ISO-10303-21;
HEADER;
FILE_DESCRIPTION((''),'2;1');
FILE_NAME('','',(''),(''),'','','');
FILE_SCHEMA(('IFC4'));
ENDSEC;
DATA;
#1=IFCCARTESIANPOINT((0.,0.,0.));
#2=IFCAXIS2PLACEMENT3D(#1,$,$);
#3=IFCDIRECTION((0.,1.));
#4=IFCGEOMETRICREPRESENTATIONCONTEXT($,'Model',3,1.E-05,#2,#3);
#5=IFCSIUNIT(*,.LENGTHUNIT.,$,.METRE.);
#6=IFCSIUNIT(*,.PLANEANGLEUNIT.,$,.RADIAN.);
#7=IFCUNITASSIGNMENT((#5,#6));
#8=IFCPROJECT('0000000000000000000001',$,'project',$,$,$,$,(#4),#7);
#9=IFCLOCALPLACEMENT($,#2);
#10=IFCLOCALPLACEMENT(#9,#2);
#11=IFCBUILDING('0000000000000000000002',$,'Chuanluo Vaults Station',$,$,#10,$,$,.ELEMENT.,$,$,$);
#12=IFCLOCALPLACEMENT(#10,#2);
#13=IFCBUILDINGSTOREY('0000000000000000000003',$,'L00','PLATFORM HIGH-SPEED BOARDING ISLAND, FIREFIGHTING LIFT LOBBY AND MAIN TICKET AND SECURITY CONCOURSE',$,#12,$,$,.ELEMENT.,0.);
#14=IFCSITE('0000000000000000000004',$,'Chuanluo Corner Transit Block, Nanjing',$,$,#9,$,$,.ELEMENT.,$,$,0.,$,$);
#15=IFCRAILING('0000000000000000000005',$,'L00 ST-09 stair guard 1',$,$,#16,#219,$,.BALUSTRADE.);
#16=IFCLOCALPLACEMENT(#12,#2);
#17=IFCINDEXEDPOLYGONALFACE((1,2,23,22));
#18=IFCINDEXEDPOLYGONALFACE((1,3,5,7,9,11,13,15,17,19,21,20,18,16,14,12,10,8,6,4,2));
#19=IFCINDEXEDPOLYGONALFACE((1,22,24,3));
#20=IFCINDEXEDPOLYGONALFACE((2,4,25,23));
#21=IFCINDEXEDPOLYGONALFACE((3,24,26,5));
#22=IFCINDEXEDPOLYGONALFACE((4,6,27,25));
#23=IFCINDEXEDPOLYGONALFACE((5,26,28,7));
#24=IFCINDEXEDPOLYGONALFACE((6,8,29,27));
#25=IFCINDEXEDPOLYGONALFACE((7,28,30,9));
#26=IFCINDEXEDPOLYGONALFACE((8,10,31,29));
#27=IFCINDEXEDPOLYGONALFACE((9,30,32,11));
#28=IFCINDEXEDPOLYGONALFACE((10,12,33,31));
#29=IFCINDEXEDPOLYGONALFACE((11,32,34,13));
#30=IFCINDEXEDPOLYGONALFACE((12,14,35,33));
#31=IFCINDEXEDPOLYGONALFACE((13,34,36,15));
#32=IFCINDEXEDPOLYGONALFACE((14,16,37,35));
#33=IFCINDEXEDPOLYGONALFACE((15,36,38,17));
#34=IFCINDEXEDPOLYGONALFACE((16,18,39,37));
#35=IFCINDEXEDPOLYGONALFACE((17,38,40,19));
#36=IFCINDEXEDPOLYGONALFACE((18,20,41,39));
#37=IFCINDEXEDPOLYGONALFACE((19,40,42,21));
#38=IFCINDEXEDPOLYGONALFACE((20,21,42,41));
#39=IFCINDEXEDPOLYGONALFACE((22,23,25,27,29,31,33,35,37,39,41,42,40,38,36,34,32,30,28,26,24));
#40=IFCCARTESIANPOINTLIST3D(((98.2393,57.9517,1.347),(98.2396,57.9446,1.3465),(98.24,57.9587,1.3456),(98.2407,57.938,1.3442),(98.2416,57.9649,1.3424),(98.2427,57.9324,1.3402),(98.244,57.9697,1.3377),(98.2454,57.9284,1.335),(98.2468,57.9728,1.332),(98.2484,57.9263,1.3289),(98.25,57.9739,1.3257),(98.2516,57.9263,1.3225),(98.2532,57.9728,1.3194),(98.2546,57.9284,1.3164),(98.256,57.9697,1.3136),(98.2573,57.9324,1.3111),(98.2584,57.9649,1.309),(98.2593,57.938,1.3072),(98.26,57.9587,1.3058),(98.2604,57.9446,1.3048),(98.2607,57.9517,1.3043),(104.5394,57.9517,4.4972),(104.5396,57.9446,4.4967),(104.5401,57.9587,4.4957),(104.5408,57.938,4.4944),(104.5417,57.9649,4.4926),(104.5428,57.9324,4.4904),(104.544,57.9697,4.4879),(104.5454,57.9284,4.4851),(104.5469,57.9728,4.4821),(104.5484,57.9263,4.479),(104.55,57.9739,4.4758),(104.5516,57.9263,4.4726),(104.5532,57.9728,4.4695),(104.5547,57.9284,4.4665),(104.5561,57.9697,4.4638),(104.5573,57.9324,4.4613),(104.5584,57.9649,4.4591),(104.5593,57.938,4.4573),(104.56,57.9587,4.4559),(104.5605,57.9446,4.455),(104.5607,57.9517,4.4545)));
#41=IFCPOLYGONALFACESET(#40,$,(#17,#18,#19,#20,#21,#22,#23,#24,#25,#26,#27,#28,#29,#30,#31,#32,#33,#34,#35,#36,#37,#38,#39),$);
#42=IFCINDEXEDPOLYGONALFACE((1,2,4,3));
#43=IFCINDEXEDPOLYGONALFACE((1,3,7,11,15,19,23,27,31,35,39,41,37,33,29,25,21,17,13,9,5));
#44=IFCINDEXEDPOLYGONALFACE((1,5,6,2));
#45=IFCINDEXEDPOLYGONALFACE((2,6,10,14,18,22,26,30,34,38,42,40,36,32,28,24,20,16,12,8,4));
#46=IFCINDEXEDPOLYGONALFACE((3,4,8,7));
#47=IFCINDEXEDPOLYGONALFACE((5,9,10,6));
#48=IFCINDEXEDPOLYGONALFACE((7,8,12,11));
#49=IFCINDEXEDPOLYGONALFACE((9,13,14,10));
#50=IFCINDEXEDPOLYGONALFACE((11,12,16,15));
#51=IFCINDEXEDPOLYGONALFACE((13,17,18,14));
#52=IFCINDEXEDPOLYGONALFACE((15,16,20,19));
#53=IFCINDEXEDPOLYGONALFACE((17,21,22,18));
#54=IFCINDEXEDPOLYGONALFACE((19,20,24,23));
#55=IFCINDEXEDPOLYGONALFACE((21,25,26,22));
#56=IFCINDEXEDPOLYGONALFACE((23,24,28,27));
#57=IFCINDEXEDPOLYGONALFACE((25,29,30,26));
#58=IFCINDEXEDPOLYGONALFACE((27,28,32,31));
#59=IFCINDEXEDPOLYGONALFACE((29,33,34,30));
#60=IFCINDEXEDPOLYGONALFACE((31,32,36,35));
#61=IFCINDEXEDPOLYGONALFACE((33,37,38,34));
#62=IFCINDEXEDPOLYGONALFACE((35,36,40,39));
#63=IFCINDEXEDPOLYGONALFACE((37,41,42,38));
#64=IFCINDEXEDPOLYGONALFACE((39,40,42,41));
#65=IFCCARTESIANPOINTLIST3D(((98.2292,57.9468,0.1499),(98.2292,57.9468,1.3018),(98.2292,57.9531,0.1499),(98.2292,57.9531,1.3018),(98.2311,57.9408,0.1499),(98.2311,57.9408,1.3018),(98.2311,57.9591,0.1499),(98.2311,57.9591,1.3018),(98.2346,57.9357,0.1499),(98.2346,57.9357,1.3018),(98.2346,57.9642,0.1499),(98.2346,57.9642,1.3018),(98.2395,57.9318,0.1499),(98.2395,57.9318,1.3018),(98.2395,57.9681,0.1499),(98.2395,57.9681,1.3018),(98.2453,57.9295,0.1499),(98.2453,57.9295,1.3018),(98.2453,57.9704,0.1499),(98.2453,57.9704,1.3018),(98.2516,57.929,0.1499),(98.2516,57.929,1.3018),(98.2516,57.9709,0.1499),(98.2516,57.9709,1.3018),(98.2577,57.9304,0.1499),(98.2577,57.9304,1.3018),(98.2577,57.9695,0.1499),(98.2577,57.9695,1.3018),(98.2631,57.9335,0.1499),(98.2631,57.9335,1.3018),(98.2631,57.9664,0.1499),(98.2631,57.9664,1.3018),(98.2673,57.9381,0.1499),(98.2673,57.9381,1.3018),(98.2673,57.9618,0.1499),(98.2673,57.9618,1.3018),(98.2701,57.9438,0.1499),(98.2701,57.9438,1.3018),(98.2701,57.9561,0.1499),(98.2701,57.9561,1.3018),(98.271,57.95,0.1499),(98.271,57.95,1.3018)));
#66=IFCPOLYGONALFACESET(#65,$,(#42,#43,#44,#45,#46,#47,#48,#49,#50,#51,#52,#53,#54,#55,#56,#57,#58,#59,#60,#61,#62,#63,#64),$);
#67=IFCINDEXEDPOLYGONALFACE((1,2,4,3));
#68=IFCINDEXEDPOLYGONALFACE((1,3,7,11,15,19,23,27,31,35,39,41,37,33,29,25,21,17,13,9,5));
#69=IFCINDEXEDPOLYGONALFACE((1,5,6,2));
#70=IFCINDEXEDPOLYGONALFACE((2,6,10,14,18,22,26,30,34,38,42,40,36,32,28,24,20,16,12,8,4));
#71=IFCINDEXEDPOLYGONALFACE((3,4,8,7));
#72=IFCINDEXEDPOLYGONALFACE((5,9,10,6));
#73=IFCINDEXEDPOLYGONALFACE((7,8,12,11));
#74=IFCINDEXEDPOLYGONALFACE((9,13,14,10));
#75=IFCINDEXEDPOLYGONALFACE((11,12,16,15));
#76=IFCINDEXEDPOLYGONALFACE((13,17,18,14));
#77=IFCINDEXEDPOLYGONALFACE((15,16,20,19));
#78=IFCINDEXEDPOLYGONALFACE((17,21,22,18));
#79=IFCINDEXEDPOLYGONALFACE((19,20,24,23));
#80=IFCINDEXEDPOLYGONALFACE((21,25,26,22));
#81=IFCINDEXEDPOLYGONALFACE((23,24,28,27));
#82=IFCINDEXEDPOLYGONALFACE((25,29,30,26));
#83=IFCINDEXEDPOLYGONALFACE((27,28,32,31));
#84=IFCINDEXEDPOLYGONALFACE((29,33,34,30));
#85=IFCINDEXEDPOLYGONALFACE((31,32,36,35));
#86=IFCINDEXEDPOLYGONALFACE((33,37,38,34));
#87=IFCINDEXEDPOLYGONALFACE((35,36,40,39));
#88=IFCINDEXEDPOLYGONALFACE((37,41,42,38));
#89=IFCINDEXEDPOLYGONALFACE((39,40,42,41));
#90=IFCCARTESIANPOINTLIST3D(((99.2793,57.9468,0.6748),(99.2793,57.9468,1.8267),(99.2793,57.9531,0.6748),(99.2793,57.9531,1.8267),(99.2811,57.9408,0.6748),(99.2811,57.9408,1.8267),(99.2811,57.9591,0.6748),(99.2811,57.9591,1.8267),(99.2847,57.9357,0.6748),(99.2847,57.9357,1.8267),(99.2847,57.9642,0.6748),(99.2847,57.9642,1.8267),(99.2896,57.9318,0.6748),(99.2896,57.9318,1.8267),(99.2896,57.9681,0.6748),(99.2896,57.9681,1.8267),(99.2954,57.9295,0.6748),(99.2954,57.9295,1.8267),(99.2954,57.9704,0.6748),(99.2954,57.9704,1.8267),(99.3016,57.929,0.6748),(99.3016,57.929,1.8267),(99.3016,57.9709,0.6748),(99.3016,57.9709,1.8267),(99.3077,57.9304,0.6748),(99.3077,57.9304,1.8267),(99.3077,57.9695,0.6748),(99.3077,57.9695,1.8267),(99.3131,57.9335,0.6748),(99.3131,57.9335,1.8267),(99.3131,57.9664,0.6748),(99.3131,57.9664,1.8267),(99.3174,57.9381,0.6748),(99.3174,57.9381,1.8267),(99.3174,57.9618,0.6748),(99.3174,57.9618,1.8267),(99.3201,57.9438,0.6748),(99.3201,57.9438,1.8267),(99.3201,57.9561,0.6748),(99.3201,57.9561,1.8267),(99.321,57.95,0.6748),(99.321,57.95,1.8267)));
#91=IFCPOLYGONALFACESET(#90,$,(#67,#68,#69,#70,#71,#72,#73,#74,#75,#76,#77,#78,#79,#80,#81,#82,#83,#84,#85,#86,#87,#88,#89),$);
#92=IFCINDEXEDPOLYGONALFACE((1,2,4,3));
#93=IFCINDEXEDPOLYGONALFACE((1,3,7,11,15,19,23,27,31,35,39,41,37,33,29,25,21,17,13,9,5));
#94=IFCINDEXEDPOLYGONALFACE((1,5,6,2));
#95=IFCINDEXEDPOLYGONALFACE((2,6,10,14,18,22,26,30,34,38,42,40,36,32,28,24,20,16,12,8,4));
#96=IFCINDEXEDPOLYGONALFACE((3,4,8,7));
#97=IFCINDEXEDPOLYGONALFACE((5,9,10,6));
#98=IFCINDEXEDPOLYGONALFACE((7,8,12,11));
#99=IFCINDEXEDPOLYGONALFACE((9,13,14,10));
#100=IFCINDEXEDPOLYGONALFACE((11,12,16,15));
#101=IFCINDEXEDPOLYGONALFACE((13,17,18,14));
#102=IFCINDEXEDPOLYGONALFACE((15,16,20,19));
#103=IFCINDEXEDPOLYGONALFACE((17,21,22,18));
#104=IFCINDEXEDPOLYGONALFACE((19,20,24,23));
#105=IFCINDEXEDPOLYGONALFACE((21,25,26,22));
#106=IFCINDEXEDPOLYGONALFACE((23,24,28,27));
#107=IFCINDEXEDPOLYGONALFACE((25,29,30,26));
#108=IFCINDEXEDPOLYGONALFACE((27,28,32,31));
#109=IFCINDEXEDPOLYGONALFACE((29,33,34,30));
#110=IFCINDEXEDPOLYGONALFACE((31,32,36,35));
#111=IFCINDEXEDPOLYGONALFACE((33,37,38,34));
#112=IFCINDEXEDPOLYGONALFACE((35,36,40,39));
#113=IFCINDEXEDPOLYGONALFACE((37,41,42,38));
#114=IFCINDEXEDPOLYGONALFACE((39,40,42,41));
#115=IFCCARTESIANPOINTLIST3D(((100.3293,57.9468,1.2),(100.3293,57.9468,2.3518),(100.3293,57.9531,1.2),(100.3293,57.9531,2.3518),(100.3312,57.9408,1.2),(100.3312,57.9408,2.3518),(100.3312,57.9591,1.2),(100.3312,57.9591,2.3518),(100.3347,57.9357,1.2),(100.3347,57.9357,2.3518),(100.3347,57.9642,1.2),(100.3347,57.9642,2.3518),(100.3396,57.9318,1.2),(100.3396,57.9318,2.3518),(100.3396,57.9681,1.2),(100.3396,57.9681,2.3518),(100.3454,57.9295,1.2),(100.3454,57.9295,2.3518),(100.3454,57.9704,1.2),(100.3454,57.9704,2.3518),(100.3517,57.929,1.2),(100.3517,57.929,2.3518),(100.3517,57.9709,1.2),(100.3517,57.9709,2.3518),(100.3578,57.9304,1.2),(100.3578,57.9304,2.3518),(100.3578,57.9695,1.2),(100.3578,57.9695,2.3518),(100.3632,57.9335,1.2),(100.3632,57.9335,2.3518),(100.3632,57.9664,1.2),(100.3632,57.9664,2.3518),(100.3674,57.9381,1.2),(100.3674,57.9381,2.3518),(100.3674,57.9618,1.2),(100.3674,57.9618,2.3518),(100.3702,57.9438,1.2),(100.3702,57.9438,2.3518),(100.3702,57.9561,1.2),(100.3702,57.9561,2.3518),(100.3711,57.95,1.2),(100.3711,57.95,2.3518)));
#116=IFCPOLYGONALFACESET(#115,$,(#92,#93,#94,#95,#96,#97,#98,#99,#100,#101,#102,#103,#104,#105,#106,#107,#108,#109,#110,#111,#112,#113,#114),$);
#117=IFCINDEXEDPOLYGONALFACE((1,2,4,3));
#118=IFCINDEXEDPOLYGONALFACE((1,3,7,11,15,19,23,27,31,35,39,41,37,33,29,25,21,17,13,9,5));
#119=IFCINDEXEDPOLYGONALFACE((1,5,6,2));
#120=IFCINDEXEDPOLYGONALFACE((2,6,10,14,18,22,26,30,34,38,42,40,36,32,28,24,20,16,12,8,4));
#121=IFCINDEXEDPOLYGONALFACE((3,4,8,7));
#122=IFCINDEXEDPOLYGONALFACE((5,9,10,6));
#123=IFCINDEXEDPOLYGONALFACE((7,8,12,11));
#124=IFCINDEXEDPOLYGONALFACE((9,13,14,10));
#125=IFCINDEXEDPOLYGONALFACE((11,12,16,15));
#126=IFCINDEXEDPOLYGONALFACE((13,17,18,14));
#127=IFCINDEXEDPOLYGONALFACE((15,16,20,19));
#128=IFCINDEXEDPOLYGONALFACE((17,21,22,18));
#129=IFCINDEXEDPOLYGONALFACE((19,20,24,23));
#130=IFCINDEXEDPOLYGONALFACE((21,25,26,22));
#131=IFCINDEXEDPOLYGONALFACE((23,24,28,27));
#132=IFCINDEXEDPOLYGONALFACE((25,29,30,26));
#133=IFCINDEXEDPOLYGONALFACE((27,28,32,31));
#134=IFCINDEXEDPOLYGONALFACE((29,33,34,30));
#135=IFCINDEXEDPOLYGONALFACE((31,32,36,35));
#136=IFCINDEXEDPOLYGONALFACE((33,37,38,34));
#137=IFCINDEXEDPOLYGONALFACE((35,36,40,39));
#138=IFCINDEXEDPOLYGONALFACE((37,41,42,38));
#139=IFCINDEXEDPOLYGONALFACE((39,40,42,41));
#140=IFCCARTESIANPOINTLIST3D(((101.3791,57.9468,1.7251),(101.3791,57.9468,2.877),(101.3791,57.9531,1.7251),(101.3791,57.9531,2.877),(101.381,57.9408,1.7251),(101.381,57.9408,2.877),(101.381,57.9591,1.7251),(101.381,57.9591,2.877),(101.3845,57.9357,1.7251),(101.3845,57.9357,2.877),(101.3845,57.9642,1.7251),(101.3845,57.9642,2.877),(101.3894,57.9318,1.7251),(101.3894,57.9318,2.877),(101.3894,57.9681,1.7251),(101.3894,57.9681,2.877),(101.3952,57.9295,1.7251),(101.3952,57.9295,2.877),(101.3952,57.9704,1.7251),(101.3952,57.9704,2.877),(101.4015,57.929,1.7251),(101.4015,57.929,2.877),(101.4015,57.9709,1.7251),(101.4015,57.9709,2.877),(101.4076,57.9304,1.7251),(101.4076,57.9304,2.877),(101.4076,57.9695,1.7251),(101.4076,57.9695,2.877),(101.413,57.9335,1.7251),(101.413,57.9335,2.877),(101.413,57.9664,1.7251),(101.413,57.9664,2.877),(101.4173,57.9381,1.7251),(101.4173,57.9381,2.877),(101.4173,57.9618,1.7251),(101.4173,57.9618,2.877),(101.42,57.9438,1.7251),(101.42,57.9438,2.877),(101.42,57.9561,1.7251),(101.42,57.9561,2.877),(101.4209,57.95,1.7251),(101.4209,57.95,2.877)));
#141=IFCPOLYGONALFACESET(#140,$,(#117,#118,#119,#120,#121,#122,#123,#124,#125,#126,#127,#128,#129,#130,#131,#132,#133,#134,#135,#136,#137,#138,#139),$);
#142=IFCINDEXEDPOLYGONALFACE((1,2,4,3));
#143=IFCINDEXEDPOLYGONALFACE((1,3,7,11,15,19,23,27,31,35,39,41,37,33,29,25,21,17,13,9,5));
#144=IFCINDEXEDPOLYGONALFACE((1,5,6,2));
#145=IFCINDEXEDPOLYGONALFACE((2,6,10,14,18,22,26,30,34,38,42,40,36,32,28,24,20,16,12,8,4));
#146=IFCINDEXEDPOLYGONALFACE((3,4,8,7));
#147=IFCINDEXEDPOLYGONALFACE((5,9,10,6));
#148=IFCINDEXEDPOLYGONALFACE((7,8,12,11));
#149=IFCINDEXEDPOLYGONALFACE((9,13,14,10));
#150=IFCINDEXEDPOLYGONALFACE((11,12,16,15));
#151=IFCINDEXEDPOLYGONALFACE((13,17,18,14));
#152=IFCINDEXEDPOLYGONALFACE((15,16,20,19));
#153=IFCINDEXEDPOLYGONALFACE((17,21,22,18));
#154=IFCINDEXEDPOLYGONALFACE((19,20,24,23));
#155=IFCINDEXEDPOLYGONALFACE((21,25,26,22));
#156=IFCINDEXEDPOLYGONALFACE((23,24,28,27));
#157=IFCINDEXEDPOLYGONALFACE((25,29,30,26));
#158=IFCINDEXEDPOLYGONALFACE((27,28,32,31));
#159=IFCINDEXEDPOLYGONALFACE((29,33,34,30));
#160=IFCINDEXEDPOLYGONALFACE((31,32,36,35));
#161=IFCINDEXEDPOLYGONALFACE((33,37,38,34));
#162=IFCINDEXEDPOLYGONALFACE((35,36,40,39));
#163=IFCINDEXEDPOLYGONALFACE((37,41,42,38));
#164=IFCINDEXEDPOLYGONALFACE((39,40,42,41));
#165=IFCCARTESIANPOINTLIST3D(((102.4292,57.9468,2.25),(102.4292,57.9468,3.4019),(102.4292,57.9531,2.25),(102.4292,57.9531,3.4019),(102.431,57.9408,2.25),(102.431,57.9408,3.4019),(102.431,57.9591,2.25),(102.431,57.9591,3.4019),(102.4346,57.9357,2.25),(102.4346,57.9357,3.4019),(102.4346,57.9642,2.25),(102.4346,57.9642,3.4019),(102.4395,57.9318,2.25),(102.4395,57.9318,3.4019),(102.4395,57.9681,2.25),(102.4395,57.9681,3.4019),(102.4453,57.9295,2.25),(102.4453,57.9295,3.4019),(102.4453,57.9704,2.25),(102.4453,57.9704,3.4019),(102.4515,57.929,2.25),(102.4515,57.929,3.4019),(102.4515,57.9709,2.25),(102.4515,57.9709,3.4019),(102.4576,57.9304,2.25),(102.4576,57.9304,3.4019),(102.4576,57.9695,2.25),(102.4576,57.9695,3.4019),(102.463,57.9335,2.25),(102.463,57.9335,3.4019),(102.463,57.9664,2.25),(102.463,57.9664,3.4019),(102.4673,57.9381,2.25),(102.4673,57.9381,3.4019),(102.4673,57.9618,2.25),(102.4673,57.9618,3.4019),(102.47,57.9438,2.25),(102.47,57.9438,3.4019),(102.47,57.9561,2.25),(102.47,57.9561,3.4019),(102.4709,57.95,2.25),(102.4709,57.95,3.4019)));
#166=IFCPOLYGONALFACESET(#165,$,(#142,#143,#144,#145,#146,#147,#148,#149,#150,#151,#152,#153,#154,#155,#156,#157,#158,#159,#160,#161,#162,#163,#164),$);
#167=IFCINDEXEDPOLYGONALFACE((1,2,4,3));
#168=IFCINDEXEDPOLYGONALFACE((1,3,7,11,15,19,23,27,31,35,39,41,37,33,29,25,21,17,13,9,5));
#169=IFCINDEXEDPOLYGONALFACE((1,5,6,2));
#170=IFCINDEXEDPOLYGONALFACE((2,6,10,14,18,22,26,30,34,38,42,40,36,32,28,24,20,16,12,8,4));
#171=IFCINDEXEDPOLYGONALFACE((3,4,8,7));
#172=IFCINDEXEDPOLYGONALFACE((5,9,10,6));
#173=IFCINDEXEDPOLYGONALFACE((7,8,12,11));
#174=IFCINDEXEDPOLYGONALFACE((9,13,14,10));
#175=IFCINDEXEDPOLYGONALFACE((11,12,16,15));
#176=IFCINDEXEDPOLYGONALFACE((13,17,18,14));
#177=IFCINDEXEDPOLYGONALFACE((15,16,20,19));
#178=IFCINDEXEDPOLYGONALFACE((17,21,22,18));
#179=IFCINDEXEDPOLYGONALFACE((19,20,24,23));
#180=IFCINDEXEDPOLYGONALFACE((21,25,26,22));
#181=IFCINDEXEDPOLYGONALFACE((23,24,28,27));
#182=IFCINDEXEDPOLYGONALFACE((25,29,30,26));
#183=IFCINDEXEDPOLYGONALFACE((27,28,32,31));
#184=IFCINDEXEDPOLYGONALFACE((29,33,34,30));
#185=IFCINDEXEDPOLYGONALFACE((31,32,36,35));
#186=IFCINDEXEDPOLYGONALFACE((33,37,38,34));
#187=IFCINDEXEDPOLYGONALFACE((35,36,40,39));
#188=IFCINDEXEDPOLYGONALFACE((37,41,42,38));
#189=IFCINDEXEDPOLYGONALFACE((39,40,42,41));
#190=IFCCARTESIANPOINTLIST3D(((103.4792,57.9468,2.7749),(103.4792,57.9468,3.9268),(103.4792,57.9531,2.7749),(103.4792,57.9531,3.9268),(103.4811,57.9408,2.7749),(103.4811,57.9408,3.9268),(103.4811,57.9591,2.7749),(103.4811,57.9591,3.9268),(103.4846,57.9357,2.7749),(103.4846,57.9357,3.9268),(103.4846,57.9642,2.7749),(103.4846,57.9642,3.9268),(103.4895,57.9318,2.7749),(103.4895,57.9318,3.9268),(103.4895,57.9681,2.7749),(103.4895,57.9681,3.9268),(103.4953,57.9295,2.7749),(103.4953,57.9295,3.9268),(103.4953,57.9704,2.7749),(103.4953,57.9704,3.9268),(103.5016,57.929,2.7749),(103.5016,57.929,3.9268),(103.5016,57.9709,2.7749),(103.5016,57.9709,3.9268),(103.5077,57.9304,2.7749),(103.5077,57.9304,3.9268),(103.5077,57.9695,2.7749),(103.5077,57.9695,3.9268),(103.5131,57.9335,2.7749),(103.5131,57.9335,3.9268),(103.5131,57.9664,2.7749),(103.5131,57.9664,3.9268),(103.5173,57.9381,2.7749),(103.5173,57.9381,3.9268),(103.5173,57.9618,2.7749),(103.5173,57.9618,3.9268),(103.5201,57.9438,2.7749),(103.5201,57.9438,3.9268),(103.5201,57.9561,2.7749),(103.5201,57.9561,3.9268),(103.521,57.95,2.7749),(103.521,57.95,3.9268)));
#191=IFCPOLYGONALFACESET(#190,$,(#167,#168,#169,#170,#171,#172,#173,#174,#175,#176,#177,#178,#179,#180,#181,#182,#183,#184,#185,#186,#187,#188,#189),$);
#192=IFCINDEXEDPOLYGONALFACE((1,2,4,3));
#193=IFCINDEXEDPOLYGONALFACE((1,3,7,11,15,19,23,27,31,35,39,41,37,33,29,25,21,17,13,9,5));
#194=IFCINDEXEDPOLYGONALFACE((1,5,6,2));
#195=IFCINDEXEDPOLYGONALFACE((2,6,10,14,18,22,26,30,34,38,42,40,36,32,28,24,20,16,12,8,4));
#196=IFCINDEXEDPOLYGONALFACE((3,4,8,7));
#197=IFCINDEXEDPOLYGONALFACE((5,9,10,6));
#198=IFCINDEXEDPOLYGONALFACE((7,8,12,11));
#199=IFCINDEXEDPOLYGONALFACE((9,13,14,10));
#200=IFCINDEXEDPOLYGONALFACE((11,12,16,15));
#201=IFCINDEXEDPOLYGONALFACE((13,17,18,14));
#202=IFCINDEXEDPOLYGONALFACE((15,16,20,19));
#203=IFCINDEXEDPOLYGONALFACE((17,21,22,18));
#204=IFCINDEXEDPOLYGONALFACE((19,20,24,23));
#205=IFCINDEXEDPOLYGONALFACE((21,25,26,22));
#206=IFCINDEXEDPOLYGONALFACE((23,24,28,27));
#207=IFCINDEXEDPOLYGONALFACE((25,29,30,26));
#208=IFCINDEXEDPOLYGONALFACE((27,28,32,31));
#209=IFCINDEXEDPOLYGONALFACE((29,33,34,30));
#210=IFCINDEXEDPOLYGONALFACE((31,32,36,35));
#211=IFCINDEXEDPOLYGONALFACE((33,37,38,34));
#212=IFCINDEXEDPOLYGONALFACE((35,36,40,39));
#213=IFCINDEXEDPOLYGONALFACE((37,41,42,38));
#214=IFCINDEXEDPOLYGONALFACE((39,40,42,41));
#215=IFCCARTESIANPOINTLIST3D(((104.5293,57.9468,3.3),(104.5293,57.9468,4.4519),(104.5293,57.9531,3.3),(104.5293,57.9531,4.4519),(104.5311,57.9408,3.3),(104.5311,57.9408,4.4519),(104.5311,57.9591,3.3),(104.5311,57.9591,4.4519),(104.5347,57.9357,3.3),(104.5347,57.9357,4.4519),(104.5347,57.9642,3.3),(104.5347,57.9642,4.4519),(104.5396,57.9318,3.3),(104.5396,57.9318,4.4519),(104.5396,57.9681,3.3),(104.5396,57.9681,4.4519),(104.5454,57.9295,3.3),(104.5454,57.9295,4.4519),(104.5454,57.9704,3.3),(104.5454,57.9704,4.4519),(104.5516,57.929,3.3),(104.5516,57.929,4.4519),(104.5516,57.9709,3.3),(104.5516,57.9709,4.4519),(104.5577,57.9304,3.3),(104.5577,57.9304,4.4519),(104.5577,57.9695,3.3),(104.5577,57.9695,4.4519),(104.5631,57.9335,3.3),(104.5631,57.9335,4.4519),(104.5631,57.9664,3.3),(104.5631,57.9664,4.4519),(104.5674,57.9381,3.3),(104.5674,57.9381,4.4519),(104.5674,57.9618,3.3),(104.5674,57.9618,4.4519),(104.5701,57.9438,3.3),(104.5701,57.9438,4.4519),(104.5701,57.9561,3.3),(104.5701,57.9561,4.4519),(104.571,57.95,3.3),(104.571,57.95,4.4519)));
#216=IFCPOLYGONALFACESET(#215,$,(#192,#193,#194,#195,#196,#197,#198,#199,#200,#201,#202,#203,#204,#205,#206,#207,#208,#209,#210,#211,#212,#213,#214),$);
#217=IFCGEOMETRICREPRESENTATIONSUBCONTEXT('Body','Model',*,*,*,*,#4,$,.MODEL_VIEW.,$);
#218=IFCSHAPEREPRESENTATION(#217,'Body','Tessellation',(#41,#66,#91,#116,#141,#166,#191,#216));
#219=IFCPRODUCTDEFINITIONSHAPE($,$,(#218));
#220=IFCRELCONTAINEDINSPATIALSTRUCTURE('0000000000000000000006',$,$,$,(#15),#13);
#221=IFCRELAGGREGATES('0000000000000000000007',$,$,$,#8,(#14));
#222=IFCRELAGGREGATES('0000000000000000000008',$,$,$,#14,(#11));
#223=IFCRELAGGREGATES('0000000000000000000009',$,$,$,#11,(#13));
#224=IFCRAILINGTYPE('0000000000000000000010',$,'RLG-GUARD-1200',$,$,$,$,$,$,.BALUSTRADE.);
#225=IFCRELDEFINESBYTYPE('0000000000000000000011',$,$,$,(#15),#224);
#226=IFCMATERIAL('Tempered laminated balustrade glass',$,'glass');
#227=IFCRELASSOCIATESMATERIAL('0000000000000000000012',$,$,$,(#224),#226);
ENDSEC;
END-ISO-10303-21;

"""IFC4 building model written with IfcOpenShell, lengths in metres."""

from ifc_helpers import new_model, si_unit, direction, frame, origin, origin_2d, place, context, subcontext, project, spatial, circle, extrude, material, type_object, element, save


model = new_model("IFC4")

# Units and contexts
model_context = context("Model", 3, precision=1e-05, world=origin(), true_north=direction((0.0, 1.0)))
body_context = subcontext(model_context, "Body", "Model", "MODEL_VIEW")
ifc_project = project(units=[si_unit("LENGTHUNIT", "METRE"), si_unit("PLANEANGLEUNIT", "RADIAN")], contexts=[model_context])

# Site, building, storey
site_placement = place(None, origin())
site = spatial("IfcSite", under=ifc_project, at=site_placement, Name="Chuanluo Corner Transit Block, Nanjing", CompositionType="ELEMENT", RefElevation=0.0)
building_placement = place(site_placement, origin())
building = spatial("IfcBuilding", under=site, at=building_placement, Name="Chuanluo Vaults Station", CompositionType="ELEMENT")
storey_placement = place(building_placement, origin())
storey = spatial("IfcBuildingStorey", under=building, at=storey_placement, Name="L00", Description="PLATFORM HIGH-SPEED BOARDING ISLAND, FIREFIGHTING LIFT LOBBY AND MAIN TICKET AND SECURITY CONCOURSE", CompositionType="ELEMENT", Elevation=0.0)

# Railing
ifc_material_1 = material(Name="Tempered laminated balustrade glass", Category="glass")
railing_type_1 = type_object("IfcRailingType", Name="RLG-GUARD-1200", PredefinedType="BALUSTRADE", material=ifc_material_1)
railing_1_placement = place(storey_placement, frame((98.25, 57.95, 0.1499)))
element("IfcRailing", 1, at=railing_1_placement, inside=storey, type_object=railing_type_1, Name="L00 ST-09 stair guard 1", PredefinedType="BALUSTRADE", context=body_context, shape_type="SweptSolid", body=[
    extrude(circle(Radius=0.0239, at=origin_2d()), frame((0.0, 0.0, 1.1758), z_axis=(0.89442, 0.0, 0.447227), x_axis=(0.0, 1.0, 0.0)), (0.0, 0.0, 1.0), 7.0437),
    extrude(circle(Radius=0.021, at=origin_2d()), origin(), (0.0, 0.0, 1.0), 1.1519),
    extrude(circle(Radius=0.021, at=origin_2d()), frame((1.05, 0.0, 0.5249)), (0.0, 0.0, 1.0), 1.1519),
    extrude(circle(Radius=0.021, at=origin_2d()), frame((2.1001, 0.0, 1.05)), (0.0, 0.0, 1.0), 1.1519),
    extrude(circle(Radius=0.021, at=origin_2d()), frame((3.1499, 0.0, 1.5752)), (0.0, 0.0, 1.0), 1.1519),
    extrude(circle(Radius=0.021, at=origin_2d()), frame((4.2, 0.0, 2.1001)), (0.0, 0.0, 1.0), 1.1519),
    extrude(circle(Radius=0.021, at=origin_2d()), frame((5.25, 0.0, 2.625)), (0.0, 0.0, 1.0), 1.1519),
    extrude(circle(Radius=0.021, at=origin_2d()), frame((6.3, 0.0, 3.1501)), (0.0, 0.0, 1.0), 1.1519),
])

save(model, "model.ifc")
